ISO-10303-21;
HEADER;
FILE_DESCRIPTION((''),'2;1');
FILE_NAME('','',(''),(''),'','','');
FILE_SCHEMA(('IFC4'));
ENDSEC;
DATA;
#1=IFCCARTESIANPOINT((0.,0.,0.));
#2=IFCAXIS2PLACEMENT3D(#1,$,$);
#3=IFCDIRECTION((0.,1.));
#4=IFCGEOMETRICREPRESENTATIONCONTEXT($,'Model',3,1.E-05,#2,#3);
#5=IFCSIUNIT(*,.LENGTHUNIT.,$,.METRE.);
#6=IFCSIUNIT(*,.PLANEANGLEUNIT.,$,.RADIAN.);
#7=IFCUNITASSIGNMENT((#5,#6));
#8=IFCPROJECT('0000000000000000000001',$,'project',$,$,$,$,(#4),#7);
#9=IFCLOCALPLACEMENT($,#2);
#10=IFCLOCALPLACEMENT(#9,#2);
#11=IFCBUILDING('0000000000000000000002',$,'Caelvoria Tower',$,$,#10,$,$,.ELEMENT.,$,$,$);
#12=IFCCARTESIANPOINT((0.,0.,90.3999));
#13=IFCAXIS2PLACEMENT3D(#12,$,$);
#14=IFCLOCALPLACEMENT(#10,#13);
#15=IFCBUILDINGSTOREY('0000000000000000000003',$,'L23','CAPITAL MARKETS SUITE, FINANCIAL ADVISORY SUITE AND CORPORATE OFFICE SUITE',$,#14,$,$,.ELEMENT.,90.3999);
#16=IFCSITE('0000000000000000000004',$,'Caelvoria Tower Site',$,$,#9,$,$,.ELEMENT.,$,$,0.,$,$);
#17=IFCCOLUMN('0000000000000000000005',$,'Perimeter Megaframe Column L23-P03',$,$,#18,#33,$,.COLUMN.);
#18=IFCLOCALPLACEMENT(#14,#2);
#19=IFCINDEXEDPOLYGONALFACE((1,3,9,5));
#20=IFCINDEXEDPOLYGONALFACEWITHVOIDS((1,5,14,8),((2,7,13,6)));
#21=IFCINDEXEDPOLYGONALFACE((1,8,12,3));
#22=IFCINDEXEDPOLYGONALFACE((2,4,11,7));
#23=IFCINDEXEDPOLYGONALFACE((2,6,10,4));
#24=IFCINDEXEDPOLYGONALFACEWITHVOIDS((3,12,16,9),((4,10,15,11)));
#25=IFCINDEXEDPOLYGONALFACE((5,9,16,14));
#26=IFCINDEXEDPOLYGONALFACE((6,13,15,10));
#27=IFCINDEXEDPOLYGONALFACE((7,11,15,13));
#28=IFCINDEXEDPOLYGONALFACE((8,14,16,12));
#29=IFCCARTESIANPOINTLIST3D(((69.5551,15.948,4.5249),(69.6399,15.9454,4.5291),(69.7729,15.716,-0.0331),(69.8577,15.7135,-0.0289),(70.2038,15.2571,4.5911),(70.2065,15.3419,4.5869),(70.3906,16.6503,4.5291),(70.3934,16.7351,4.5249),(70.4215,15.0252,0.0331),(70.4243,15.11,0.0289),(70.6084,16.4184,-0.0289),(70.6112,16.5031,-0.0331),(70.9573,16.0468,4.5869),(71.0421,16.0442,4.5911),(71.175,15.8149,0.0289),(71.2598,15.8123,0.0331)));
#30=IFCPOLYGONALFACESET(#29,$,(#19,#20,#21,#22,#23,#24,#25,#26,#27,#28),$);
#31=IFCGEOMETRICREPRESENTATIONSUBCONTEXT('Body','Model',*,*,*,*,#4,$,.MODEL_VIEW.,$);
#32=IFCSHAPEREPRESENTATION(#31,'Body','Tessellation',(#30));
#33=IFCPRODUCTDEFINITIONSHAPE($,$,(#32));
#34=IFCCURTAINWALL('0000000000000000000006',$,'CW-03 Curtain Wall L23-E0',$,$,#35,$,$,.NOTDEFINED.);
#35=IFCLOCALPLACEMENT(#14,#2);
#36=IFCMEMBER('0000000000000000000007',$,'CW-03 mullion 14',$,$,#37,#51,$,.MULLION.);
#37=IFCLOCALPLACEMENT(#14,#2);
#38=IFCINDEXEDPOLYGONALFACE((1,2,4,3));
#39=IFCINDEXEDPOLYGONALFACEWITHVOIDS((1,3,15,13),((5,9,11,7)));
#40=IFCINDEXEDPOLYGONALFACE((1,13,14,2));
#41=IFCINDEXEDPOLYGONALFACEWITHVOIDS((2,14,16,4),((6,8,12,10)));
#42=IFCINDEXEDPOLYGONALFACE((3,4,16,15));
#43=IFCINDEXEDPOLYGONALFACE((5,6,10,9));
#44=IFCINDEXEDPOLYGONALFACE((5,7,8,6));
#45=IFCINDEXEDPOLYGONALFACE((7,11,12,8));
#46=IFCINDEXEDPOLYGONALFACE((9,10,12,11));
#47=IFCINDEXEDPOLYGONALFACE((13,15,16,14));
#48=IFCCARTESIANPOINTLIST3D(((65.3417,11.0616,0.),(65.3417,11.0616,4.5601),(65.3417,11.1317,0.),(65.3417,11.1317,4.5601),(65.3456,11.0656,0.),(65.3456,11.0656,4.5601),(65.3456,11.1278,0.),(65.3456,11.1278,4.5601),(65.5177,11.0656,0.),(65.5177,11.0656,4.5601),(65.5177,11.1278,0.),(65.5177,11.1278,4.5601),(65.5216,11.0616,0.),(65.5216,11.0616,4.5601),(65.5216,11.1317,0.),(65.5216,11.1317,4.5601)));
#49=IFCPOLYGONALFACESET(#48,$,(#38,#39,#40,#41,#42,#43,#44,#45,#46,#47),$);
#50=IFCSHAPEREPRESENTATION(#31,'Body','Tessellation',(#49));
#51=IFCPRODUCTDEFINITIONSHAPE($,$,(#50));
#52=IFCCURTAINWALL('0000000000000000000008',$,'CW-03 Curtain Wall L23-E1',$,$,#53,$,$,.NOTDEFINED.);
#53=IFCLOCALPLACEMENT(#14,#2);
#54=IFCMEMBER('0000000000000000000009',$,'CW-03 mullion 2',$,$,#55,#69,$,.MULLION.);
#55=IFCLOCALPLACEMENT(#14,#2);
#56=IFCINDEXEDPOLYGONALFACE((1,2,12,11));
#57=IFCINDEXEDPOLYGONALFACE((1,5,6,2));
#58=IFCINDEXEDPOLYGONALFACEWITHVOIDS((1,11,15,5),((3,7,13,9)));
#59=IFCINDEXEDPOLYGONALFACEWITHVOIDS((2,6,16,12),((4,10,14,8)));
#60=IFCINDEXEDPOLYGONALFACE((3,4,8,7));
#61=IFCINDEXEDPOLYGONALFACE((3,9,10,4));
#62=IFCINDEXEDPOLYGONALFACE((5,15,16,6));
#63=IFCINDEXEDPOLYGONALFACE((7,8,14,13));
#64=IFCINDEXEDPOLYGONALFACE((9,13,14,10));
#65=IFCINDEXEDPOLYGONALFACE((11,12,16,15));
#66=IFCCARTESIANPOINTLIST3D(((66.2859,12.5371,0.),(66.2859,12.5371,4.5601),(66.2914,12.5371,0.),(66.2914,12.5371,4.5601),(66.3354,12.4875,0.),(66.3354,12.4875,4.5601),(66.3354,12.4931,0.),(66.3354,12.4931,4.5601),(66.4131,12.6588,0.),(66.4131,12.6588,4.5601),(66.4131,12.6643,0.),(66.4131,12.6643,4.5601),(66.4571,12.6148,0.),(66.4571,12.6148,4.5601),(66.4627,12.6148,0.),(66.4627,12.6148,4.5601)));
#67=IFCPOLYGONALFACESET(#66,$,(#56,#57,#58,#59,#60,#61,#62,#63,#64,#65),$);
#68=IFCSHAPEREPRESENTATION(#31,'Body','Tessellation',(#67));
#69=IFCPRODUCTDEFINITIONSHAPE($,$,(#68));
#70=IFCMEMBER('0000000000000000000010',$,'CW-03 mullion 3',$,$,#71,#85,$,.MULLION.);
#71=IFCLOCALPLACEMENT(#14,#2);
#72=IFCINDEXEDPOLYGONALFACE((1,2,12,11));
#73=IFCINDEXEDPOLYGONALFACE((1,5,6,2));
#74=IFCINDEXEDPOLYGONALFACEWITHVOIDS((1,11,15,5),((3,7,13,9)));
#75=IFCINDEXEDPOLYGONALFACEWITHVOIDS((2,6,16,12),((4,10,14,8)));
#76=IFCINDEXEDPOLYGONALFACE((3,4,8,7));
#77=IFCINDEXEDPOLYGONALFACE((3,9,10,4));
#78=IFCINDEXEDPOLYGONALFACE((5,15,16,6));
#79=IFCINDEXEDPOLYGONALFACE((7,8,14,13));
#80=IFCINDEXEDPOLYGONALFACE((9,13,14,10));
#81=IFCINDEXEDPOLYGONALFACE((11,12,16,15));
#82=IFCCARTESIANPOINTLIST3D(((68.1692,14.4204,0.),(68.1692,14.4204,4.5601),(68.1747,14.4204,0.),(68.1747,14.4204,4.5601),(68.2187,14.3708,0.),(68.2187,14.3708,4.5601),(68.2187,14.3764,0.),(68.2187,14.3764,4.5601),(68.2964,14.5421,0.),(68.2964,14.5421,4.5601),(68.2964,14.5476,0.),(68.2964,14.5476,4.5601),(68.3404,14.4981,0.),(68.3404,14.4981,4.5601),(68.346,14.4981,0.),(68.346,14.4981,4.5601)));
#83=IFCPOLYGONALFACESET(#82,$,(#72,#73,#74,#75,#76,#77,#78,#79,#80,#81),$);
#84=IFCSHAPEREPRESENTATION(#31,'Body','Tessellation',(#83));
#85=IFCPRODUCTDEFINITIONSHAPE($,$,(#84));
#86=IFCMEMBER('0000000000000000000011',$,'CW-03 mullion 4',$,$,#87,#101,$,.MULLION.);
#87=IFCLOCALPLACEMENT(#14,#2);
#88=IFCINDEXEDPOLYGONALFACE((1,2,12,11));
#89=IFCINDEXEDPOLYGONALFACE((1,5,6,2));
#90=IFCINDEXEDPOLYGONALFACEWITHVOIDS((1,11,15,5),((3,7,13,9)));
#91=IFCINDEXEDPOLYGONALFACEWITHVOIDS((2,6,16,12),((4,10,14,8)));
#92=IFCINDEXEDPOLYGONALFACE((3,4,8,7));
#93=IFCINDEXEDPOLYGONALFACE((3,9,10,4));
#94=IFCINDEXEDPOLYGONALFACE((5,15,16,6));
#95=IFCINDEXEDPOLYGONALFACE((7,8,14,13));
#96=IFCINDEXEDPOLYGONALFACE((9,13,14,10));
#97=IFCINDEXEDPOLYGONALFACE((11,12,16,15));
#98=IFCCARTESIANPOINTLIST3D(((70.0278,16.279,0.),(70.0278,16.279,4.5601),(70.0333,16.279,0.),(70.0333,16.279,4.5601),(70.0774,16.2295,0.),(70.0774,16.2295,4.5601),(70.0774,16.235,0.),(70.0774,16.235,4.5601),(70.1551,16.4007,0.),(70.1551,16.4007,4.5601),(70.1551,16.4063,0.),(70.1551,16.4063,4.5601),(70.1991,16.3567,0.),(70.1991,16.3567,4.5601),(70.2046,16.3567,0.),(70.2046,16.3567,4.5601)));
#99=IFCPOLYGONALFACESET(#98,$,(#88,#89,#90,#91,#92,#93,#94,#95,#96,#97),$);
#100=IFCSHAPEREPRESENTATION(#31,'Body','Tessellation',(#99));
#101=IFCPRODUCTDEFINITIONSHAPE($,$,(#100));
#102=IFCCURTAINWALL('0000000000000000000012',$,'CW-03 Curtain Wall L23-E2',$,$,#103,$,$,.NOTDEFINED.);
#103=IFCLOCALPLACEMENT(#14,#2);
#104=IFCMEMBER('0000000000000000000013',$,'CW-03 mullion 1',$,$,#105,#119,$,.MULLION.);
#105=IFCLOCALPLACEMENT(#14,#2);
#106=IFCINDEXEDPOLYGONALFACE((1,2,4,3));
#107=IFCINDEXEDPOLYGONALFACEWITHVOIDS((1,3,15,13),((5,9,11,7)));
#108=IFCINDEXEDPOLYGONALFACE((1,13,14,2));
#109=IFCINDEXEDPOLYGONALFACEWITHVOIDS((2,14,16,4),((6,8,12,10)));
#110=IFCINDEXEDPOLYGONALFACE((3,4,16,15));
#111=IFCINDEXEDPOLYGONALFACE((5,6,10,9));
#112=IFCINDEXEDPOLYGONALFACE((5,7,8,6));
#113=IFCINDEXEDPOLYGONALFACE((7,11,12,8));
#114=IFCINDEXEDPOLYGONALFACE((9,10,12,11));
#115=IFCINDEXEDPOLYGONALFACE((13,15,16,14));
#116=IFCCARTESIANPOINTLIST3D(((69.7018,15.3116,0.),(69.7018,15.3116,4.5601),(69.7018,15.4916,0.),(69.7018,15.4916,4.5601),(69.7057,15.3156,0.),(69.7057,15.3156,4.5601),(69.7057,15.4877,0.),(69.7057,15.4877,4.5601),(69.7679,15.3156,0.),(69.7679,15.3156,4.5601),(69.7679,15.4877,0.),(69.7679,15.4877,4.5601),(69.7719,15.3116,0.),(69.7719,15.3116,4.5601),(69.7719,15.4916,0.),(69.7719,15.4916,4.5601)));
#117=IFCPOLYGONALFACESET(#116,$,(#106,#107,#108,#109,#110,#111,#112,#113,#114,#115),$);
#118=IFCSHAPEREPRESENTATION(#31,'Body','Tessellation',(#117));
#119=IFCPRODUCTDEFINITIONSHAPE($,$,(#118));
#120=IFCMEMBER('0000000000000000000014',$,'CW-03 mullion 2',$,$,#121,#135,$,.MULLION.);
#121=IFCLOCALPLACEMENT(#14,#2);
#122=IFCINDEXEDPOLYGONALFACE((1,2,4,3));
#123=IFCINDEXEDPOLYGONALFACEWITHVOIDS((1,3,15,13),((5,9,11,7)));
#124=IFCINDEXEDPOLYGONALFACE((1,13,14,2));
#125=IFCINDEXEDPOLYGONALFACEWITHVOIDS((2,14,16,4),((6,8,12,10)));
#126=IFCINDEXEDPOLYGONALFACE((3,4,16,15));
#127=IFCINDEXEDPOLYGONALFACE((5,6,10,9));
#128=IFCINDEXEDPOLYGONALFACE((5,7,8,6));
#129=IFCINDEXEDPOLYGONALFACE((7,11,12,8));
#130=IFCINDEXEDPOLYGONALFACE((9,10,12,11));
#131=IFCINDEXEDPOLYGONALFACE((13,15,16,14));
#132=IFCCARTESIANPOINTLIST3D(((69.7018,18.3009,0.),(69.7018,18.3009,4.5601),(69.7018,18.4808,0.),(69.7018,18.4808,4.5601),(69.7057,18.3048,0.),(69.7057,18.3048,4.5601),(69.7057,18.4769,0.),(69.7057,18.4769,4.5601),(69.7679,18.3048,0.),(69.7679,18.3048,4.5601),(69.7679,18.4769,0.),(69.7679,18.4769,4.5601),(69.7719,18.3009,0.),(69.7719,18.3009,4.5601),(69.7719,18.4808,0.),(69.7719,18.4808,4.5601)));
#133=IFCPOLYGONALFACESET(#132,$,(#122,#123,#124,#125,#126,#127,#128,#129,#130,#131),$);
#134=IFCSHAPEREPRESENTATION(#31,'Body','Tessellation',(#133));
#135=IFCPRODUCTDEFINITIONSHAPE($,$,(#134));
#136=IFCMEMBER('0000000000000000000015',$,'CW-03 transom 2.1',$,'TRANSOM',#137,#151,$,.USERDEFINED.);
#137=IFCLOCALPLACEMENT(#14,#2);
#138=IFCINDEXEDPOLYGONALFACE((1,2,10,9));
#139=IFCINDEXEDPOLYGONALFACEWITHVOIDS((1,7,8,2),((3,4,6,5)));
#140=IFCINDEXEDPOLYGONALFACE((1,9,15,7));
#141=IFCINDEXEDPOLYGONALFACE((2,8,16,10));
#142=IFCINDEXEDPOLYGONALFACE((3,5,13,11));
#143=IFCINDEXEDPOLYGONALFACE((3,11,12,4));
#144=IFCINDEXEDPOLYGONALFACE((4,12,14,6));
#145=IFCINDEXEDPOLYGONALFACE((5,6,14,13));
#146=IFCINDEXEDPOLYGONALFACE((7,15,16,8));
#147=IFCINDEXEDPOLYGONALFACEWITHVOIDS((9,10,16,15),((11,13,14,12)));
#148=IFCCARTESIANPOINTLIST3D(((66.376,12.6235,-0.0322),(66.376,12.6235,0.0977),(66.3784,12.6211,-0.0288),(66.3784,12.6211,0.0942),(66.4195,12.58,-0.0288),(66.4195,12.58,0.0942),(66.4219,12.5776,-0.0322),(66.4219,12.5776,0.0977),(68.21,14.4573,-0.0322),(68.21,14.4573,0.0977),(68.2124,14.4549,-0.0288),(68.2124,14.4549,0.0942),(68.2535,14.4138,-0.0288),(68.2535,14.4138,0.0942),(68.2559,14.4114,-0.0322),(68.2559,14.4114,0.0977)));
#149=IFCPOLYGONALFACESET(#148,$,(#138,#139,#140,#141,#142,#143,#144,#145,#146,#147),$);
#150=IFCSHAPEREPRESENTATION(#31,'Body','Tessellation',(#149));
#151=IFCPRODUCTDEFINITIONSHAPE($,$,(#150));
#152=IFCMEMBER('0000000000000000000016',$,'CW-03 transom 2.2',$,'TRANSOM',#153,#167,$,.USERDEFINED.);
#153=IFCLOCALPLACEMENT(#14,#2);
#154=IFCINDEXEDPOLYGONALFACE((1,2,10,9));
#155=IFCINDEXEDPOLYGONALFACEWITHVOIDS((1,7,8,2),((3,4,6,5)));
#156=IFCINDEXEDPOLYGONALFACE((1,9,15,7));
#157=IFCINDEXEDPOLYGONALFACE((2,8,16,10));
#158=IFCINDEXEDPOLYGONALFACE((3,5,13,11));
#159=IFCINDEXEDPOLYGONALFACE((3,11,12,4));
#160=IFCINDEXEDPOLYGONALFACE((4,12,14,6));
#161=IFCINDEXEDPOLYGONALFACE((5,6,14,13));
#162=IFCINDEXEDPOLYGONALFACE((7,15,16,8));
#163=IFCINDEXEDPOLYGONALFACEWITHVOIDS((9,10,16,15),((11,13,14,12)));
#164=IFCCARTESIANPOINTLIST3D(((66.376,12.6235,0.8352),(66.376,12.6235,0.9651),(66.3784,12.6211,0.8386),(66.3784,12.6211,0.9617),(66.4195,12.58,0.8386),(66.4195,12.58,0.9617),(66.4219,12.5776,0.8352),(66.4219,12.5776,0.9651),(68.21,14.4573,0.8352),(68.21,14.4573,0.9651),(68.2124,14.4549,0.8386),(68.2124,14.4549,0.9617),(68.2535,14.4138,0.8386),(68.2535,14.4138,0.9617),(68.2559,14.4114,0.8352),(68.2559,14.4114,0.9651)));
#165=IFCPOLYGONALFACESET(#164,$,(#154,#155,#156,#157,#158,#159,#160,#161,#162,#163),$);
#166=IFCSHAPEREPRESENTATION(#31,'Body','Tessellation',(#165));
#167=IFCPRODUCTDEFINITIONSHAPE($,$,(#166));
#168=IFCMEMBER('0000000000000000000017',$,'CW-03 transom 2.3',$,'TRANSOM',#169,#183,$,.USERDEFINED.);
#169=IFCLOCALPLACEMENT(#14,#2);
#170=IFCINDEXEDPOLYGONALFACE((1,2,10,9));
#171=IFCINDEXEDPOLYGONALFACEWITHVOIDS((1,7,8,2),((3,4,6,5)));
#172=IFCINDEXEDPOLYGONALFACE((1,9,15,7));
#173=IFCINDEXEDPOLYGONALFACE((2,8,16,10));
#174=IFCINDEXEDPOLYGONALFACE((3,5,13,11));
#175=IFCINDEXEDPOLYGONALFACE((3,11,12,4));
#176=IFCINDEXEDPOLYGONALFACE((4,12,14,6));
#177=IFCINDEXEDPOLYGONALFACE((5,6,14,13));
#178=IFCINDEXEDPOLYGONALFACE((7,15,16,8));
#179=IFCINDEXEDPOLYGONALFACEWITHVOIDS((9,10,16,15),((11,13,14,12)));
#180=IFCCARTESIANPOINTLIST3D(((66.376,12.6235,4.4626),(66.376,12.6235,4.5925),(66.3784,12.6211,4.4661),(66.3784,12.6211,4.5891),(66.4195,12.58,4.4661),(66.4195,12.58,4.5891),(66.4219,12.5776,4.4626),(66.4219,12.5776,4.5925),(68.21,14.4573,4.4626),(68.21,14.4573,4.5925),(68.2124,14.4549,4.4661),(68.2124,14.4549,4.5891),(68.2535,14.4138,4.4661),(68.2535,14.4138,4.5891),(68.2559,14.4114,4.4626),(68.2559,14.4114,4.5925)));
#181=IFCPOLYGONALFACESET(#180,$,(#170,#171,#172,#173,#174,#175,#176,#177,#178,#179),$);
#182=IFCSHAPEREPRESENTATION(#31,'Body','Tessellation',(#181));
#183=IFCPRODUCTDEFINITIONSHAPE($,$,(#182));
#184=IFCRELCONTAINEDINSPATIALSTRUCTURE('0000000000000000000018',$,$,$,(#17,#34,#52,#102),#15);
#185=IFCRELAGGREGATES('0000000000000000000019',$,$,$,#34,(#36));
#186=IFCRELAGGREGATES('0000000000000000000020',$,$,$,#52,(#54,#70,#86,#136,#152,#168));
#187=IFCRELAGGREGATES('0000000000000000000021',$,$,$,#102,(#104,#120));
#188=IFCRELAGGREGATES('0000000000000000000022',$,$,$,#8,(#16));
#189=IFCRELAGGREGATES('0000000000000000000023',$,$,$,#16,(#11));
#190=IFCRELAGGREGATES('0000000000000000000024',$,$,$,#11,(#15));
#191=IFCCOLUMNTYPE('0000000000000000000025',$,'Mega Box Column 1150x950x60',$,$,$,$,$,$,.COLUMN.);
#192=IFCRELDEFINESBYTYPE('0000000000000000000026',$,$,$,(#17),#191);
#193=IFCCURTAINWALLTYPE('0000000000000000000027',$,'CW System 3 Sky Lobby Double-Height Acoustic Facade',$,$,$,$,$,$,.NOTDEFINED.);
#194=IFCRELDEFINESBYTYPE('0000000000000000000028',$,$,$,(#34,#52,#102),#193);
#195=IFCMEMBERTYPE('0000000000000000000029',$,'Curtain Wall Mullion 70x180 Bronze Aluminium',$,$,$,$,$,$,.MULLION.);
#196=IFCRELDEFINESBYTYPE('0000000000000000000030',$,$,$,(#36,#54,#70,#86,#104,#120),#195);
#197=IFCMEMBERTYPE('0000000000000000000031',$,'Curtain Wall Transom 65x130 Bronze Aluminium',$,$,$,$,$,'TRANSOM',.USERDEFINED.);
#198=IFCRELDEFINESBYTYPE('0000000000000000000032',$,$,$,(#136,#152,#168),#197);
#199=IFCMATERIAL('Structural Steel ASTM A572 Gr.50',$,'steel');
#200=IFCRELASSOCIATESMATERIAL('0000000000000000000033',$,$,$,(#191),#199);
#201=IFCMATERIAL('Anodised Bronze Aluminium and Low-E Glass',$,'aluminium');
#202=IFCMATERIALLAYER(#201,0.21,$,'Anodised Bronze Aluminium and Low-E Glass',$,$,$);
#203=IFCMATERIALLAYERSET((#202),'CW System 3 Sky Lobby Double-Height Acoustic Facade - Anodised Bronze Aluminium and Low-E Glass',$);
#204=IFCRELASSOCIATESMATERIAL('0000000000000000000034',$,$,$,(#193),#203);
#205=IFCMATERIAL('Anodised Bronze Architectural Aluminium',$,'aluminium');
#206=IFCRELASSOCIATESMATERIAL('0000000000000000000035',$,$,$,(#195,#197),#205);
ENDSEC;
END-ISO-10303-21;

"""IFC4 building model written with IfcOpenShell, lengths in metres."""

from ifc_helpers import new_model, si_unit, direction, frame, origin, origin_2d, place, context, subcontext, project, spatial, hollow_rectangle, extrude, material, layer, layer_set, material_profile, profile_set, type_object, element, aggregate, save


model = new_model("IFC4")

# Units and contexts
model_context = context("Model", 3, precision=1e-05, world=origin(), true_north=direction((0.0, 1.0)))
body_context = subcontext(model_context, "Body", "Model", "MODEL_VIEW")
ifc_project = project(units=[si_unit("LENGTHUNIT", "METRE"), si_unit("PLANEANGLEUNIT", "RADIAN")], contexts=[model_context])

# Site, building, storey
site_placement = place(None, origin())
site = spatial("IfcSite", under=ifc_project, at=site_placement, Name="Caelvoria Tower Site", CompositionType="ELEMENT", RefElevation=0.0)
building_placement = place(site_placement, origin())
building = spatial("IfcBuilding", under=site, at=building_placement, Name="Caelvoria Tower", CompositionType="ELEMENT")
storey_placement = place(building_placement, frame((0.0, 0.0, 90.3999)))
storey = spatial("IfcBuildingStorey", under=building, at=storey_placement, Name="L23", Description="CAPITAL MARKETS SUITE, FINANCIAL ADVISORY SUITE AND CORPORATE OFFICE SUITE", CompositionType="ELEMENT", Elevation=90.3999)

# Column
ifc_material_1 = material(Name="Structural Steel ASTM A572 Gr.50", Category="steel")
ifc_material_profile_1 = material_profile(ifc_material_1, hollow_rectangle(XDim=0.95, YDim=1.1499, WallThickness=0.0601, at=origin_2d()), Name="Structural Steel ASTM A572 Gr.50")
ifc_profile_set_1 = profile_set([ifc_material_profile_1], Name="BOX1150X950X60 - Structural Steel ASTM A572 Gr.50")
column_type = type_object("IfcColumnType", Name="Mega Box Column 1150x950x60", PredefinedType="COLUMN", material=ifc_profile_set_1)
column_placement = place(storey_placement, frame((70.5164, 15.7642, 0.0), z_axis=(-0.047661, 0.05076, 0.997573), x_axis=(0.682841, -0.727241, 0.069629)))
element("IfcColumn", 1, at=column_placement, inside=storey, type_object=column_type, Name="Perimeter Megaframe Column L23-P03", PredefinedType="COLUMN", context=body_context, shape_type="SweptSolid", body=[
    extrude(hollow_rectangle(XDim=0.95, YDim=1.1499, WallThickness=0.0601, at=origin_2d()), origin(), (0.0, 0.0, 1.0), 4.5691),
])

# Curtain wall, member
ifc_material_2 = material(Name="Anodised Bronze Aluminium and Low-E Glass", Category="aluminium")
ifc_layer_1 = layer(ifc_material_2, 0.21, Name="Anodised Bronze Aluminium and Low-E Glass")
ifc_layer_set_1 = layer_set([ifc_layer_1], Name="CW System 3 Sky Lobby Double-Height Acoustic Facade - Anodised Bronze Aluminium and Low-E Glass")
curtain_wall_type = type_object("IfcCurtainWallType", Name="CW System 3 Sky Lobby Double-Height Acoustic Facade", PredefinedType="NOTDEFINED", material=ifc_layer_set_1)
curtain_wall_1_placement = place(storey_placement, origin())
curtain_wall_1 = element("IfcCurtainWall", 2, at=curtain_wall_1_placement, inside=storey, type_object=curtain_wall_type, Name="CW-03 Curtain Wall L23-E0", PredefinedType="NOTDEFINED")
ifc_material_3 = material(Name="Anodised Bronze Architectural Aluminium", Category="aluminium")
ifc_material_profile_2 = material_profile(ifc_material_3, hollow_rectangle(XDim=0.0701, YDim=0.1799, WallThickness=0.0039, at=origin_2d()), Name="Anodised Bronze Architectural Aluminium")
ifc_profile_set_2 = profile_set([ifc_material_profile_2], Name="CW_MULL_70X180 - Anodised Bronze Architectural Aluminium")
member_type_1 = type_object("IfcMemberType", Name="Curtain Wall Mullion 70x180 Bronze Aluminium", PredefinedType="MULLION", material=ifc_profile_set_2)
member_1_placement = place(storey_placement, frame((65.4316, 11.0967, 0.0), z_axis=(0.0, 0.0, 1.0), x_axis=(0.0, 1.0, 0.0)))
member_1 = element("IfcMember", 3, at=member_1_placement, type_object=member_type_1, Name="CW-03 mullion 14", PredefinedType="MULLION", context=body_context, shape_type="SweptSolid", body=[
    extrude(hollow_rectangle(XDim=0.0701, YDim=0.1799, WallThickness=0.0039, at=origin_2d()), origin(), (0.0, 0.0, 1.0), 4.5601),
])
aggregate(curtain_wall_1, [member_1])

# Curtain walls, members
curtain_wall_2_placement = place(storey_placement, origin())
curtain_wall_2 = element("IfcCurtainWall", 4, at=curtain_wall_2_placement, inside=storey, type_object=curtain_wall_type, Name="CW-03 Curtain Wall L23-E1", PredefinedType="NOTDEFINED")
member_2_placement = place(storey_placement, frame((66.3743, 12.5759, 0.0), z_axis=(0.0, 0.0, 1.0), x_axis=(-0.707107, 0.707107, 0.0)))
member_2 = element("IfcMember", 5, at=member_2_placement, type_object=member_type_1, Name="CW-03 mullion 2", PredefinedType="MULLION", context=body_context, shape_type="SweptSolid", body=[
    extrude(hollow_rectangle(XDim=0.0701, YDim=0.1799, WallThickness=0.0039, at=origin_2d()), origin(), (0.0, 0.0, 1.0), 4.5601),
])
member_3_placement = place(storey_placement, frame((68.2576, 14.4592, 0.0), z_axis=(0.0, 0.0, 1.0), x_axis=(-0.707107, 0.707107, 0.0)))
member_3 = element("IfcMember", 6, at=member_3_placement, type_object=member_type_1, Name="CW-03 mullion 3", PredefinedType="MULLION", context=body_context, shape_type="SweptSolid", body=[
    extrude(hollow_rectangle(XDim=0.0701, YDim=0.1799, WallThickness=0.0039, at=origin_2d()), origin(), (0.0, 0.0, 1.0), 4.5601),
])
member_4_placement = place(storey_placement, frame((70.1162, 16.3179, 0.0), z_axis=(0.0, 0.0, 1.0), x_axis=(-0.707107, 0.707107, 0.0)))
member_4 = element("IfcMember", 7, at=member_4_placement, type_object=member_type_1, Name="CW-03 mullion 4", PredefinedType="MULLION", context=body_context, shape_type="SweptSolid", body=[
    extrude(hollow_rectangle(XDim=0.0701, YDim=0.1799, WallThickness=0.0039, at=origin_2d()), origin(), (0.0, 0.0, 1.0), 4.5601),
])
curtain_wall_3_placement = place(storey_placement, origin())
curtain_wall_3 = element("IfcCurtainWall", 8, at=curtain_wall_3_placement, inside=storey, type_object=curtain_wall_type, Name="CW-03 Curtain Wall L23-E2", PredefinedType="NOTDEFINED")
member_5_placement = place(storey_placement, frame((69.7368, 15.4016, 0.0), z_axis=(0.0, 0.0, 1.0), x_axis=(-1.0, 0.0, 0.0)))
member_5 = element("IfcMember", 9, at=member_5_placement, type_object=member_type_1, Name="CW-03 mullion 1", PredefinedType="MULLION", context=body_context, shape_type="SweptSolid", body=[
    extrude(hollow_rectangle(XDim=0.0701, YDim=0.1799, WallThickness=0.0039, at=origin_2d()), origin(), (0.0, 0.0, 1.0), 4.5601),
])
member_6_placement = place(storey_placement, frame((69.7368, 18.3909, 0.0), z_axis=(0.0, 0.0, 1.0), x_axis=(-1.0, 0.0, 0.0)))
member_6 = element("IfcMember", 10, at=member_6_placement, type_object=member_type_1, Name="CW-03 mullion 2", PredefinedType="MULLION", context=body_context, shape_type="SweptSolid", body=[
    extrude(hollow_rectangle(XDim=0.0701, YDim=0.1799, WallThickness=0.0039, at=origin_2d()), origin(), (0.0, 0.0, 1.0), 4.5601),
])

# Members
ifc_material_profile_3 = material_profile(ifc_material_3, hollow_rectangle(XDim=0.0649, YDim=0.1299, WallThickness=0.0034, at=origin_2d()), Name="Anodised Bronze Architectural Aluminium")
ifc_profile_set_3 = profile_set([ifc_material_profile_3], Name="CW_TRAN_65X130 - Anodised Bronze Architectural Aluminium")
member_type_2 = type_object("IfcMemberType", Name="Curtain Wall Transom 65x130 Bronze Aluminium", ElementType="TRANSOM", PredefinedType="USERDEFINED", material=ifc_profile_set_3)
member_7_placement = place(storey_placement, frame((66.3989, 12.6006, 0.0327), z_axis=(0.707154, 0.70706, 0.0), x_axis=(-0.70706, 0.707154, 0.0)))
member_7 = element("IfcMember", 11, at=member_7_placement, type_object=member_type_2, Name="CW-03 transom 2.1", ObjectType="TRANSOM", PredefinedType="USERDEFINED", context=body_context, shape_type="SweptSolid", body=[
    extrude(hollow_rectangle(XDim=0.0649, YDim=0.1299, WallThickness=0.0034, at=origin_2d()), origin(), (0.0, 0.0, 1.0), 2.5935),
])
member_8_placement = place(storey_placement, frame((66.3989, 12.6006, 0.9001), z_axis=(0.707154, 0.70706, 0.0), x_axis=(-0.70706, 0.707154, 0.0)))
member_8 = element("IfcMember", 12, at=member_8_placement, type_object=member_type_2, Name="CW-03 transom 2.2", ObjectType="TRANSOM", PredefinedType="USERDEFINED", context=body_context, shape_type="SweptSolid", body=[
    extrude(hollow_rectangle(XDim=0.0649, YDim=0.1299, WallThickness=0.0034, at=origin_2d()), origin(), (0.0, 0.0, 1.0), 2.5935),
])
member_9_placement = place(storey_placement, frame((66.3989, 12.6006, 4.5276), z_axis=(0.707154, 0.70706, 0.0), x_axis=(-0.70706, 0.707154, 0.0)))
member_9 = element("IfcMember", 13, at=member_9_placement, type_object=member_type_2, Name="CW-03 transom 2.3", ObjectType="TRANSOM", PredefinedType="USERDEFINED", context=body_context, shape_type="SweptSolid", body=[
    extrude(hollow_rectangle(XDim=0.0649, YDim=0.1299, WallThickness=0.0034, at=origin_2d()), origin(), (0.0, 0.0, 1.0), 2.5935),
])

aggregate(curtain_wall_2, [member_2, member_3, member_4, member_7, member_8, member_9])
aggregate(curtain_wall_3, [member_5, member_6])

save(model, "model.ifc")
